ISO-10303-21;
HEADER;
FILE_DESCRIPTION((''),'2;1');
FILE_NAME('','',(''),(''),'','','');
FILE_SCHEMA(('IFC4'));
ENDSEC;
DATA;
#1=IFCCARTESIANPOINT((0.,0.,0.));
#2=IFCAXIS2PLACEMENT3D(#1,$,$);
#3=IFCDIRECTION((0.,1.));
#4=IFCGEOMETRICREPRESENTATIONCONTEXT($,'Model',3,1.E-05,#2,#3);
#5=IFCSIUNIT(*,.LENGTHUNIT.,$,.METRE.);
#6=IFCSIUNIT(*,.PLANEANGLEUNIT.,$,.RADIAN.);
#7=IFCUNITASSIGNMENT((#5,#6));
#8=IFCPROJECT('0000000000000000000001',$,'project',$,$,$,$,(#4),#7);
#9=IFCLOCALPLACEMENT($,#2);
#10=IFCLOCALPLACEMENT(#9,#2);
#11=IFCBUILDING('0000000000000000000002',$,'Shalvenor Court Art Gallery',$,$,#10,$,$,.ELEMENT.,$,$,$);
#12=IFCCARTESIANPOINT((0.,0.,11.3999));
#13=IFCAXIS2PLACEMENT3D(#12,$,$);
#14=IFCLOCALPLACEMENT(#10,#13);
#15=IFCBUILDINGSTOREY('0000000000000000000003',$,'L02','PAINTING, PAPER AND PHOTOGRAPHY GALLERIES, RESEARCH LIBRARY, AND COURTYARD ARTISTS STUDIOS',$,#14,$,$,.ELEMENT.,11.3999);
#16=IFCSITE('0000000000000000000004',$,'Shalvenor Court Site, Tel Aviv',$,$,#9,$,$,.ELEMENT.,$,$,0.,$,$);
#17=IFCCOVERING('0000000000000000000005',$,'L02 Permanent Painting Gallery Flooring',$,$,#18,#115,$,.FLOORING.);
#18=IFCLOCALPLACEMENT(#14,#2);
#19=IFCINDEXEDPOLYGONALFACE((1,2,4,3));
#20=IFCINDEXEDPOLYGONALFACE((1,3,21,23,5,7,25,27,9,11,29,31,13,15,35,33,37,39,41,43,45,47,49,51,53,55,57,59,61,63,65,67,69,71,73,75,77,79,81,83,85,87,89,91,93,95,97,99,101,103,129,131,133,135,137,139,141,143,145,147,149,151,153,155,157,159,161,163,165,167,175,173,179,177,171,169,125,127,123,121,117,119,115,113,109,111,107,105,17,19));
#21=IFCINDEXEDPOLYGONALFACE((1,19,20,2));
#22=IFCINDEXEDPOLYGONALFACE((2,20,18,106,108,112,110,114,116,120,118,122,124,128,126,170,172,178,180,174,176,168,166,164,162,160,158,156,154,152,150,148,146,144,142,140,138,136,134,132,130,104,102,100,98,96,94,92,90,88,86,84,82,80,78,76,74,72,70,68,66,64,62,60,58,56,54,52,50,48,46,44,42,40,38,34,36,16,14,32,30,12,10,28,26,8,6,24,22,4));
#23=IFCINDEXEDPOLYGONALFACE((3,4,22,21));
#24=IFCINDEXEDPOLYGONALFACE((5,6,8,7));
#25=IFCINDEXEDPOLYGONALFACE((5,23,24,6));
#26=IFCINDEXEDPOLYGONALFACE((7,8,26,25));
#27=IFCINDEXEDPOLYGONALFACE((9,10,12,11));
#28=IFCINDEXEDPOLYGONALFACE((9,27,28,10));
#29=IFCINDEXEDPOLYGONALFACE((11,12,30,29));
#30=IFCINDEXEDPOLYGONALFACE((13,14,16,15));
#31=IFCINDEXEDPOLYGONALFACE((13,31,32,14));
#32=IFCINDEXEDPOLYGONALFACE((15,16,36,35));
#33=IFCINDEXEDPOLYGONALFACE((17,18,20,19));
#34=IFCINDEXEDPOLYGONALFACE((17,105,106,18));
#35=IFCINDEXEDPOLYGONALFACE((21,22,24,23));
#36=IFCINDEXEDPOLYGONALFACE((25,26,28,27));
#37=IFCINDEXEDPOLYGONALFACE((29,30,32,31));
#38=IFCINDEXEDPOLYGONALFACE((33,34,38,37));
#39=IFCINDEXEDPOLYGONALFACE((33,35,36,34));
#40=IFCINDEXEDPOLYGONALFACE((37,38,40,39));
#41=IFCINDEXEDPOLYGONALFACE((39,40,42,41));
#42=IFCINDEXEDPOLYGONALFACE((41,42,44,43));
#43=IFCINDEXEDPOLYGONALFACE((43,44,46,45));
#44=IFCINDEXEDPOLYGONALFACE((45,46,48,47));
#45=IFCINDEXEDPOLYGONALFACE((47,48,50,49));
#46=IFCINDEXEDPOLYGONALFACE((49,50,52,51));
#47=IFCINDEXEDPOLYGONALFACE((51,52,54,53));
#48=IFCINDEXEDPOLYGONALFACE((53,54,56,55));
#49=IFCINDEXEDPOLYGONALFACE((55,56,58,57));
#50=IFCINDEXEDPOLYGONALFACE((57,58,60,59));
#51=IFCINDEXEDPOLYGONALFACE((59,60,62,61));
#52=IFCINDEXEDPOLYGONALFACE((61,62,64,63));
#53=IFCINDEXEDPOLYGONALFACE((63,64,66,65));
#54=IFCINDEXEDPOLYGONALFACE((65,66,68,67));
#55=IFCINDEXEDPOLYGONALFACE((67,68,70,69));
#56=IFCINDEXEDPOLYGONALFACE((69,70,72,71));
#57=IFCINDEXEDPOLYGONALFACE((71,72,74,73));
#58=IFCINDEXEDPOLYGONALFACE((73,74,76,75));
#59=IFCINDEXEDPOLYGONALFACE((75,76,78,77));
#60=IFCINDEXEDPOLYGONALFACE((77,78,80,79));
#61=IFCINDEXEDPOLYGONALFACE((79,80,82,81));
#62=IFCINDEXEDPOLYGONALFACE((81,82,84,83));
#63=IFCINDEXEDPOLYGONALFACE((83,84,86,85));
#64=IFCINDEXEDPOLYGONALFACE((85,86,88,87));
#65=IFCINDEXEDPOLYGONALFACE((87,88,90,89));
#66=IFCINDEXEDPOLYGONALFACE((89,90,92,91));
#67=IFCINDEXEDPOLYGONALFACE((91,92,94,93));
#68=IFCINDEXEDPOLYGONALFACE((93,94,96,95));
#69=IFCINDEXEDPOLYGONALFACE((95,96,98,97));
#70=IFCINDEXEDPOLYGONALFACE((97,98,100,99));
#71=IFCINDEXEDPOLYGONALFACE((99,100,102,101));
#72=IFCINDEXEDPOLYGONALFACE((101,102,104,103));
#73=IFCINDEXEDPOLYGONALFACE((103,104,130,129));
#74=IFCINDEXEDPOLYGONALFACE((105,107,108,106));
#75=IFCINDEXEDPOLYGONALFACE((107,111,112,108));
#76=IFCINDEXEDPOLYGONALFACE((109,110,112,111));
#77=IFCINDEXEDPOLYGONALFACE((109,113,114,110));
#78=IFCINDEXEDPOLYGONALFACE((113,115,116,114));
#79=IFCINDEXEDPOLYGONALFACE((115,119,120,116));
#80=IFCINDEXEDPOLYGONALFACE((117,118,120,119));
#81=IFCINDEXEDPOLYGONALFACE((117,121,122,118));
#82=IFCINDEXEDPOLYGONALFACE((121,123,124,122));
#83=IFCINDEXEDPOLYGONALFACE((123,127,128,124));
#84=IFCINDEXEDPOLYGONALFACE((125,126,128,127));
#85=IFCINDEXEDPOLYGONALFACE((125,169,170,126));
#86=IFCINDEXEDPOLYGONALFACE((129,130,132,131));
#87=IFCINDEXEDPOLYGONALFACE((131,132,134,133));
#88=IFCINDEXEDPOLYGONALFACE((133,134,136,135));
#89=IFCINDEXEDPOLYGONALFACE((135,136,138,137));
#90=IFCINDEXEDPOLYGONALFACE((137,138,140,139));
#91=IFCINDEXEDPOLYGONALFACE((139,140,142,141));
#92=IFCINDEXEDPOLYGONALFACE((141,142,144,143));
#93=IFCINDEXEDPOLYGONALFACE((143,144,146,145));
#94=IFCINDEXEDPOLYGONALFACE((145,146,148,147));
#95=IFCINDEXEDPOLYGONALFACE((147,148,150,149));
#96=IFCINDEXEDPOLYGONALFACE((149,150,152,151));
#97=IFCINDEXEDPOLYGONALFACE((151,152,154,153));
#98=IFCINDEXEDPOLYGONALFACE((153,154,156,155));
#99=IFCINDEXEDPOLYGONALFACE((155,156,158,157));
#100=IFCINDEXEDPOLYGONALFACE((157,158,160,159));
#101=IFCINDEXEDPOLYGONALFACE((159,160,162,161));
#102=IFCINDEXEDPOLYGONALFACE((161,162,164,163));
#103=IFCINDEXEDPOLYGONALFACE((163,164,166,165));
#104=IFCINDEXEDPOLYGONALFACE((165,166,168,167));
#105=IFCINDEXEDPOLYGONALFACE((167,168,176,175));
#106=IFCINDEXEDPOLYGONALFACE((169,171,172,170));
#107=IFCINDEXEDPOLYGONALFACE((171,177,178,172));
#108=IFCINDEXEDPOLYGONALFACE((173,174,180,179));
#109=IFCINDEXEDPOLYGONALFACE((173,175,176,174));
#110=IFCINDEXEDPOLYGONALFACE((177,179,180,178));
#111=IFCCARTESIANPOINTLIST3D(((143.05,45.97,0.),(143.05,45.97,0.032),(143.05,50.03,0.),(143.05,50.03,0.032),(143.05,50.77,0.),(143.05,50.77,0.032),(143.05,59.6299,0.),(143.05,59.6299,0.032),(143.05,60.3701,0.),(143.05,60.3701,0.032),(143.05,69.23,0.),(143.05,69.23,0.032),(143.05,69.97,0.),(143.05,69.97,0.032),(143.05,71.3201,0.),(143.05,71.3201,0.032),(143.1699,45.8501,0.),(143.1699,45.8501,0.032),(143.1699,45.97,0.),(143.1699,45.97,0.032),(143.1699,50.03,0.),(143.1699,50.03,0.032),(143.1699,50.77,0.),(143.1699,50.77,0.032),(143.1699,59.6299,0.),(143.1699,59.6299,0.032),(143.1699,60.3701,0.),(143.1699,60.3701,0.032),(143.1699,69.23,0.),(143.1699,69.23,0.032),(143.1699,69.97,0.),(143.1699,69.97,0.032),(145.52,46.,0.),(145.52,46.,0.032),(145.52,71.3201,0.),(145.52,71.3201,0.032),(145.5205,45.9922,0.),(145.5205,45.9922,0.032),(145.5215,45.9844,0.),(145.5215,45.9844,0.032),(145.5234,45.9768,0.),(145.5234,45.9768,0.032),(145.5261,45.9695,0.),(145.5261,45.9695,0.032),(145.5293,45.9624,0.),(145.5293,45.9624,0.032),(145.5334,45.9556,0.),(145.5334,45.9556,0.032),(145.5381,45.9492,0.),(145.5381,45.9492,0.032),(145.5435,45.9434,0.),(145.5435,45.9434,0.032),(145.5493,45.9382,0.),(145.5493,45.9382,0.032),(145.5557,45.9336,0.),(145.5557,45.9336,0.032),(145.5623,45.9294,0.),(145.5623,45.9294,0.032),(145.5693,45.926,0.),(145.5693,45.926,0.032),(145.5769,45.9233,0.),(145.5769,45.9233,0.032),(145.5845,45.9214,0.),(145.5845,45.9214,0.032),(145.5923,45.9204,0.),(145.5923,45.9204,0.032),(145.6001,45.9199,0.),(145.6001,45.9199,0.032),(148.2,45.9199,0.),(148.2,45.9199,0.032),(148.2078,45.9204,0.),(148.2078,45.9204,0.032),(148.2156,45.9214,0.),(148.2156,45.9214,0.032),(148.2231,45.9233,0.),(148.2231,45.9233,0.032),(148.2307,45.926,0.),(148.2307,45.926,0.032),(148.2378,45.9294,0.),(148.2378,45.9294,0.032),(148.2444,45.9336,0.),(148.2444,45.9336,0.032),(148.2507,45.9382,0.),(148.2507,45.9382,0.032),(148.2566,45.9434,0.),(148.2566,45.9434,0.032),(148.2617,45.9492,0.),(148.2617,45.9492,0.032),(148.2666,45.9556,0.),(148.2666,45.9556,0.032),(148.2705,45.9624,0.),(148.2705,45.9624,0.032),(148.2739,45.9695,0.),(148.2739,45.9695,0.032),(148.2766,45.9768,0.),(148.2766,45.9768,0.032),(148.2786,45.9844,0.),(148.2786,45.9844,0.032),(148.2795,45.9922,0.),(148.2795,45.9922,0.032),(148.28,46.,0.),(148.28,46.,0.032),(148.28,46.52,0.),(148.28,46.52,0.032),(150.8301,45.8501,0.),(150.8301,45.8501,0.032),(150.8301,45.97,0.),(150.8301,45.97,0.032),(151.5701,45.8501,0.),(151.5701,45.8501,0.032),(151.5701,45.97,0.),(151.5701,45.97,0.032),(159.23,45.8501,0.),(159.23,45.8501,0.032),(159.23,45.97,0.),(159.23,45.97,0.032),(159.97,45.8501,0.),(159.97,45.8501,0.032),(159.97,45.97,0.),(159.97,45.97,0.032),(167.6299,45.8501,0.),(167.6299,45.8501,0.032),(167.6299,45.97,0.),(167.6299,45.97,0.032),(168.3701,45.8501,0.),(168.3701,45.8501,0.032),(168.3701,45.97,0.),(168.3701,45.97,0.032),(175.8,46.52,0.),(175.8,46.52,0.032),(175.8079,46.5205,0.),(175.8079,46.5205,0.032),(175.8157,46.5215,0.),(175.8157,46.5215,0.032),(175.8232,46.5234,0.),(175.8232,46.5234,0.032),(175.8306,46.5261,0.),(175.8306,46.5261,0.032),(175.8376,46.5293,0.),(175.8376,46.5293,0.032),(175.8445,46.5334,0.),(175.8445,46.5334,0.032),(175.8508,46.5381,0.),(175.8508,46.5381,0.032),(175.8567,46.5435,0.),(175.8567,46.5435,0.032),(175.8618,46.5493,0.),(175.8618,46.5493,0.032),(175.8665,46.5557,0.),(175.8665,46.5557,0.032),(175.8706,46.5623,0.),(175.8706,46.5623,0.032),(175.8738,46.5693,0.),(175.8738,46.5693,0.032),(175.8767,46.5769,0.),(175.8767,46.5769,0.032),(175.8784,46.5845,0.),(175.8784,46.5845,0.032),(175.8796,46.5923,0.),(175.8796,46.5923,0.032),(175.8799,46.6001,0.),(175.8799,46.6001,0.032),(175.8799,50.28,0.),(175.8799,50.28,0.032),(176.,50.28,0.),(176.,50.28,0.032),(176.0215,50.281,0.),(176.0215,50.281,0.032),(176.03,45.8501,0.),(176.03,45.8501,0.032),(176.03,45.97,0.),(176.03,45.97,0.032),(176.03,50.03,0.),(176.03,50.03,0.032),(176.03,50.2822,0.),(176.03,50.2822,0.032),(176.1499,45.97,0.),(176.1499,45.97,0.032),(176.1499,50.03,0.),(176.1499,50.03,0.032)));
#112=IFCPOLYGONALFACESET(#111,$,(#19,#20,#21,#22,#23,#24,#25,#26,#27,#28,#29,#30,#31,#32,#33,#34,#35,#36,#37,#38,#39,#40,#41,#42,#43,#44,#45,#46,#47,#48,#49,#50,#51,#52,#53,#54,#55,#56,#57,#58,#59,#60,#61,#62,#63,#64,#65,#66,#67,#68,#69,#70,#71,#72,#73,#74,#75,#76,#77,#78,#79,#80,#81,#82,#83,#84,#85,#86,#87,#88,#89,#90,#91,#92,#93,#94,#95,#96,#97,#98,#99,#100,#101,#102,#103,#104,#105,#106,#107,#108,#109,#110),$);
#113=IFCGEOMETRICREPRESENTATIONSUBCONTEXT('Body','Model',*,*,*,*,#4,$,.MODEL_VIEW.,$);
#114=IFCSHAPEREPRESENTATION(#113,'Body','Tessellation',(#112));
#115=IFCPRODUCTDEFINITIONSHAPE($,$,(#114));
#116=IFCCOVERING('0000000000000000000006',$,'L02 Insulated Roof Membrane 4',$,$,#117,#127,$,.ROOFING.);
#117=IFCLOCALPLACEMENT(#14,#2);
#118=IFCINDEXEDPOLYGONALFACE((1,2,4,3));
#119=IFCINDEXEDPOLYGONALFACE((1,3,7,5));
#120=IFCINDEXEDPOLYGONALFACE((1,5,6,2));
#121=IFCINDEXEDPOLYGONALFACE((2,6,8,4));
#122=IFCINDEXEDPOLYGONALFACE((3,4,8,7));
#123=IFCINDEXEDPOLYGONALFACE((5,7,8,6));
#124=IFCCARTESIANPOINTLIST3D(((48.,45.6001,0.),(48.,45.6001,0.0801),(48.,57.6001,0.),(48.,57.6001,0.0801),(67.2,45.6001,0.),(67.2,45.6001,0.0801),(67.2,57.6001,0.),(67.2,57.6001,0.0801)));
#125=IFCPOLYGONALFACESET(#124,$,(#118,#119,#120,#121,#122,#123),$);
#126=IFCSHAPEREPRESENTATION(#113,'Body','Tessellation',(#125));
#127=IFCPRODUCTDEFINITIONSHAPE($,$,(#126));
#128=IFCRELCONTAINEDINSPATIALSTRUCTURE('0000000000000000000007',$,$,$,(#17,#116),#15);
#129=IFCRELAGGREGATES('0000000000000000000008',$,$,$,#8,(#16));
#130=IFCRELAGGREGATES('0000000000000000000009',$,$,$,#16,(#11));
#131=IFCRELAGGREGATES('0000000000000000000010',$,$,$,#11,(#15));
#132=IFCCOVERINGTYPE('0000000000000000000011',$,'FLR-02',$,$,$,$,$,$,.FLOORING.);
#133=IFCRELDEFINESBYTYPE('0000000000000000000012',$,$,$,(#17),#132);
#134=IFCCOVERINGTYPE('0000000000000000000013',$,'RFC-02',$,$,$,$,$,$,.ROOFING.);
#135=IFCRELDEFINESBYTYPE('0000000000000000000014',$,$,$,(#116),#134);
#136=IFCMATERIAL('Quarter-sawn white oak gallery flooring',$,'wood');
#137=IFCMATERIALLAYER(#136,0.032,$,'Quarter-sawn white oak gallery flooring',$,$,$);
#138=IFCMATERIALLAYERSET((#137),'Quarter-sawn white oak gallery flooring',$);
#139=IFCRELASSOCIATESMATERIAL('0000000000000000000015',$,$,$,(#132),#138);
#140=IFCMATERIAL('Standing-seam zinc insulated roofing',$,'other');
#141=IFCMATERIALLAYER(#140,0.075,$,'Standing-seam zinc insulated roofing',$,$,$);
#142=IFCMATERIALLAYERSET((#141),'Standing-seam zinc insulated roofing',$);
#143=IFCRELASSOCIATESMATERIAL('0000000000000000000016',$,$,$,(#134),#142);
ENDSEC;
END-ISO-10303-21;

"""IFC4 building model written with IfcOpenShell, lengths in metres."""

from ifc_helpers import new_model, si_unit, direction, frame, origin, place, context, subcontext, project, spatial, polyline, outline, extrude, material, layer, layer_set, type_object, element, save


model = new_model("IFC4")

# Units and contexts
model_context = context("Model", 3, precision=1e-05, world=origin(), true_north=direction((0.0, 1.0)))
body_context = subcontext(model_context, "Body", "Model", "MODEL_VIEW")
ifc_project = project(units=[si_unit("LENGTHUNIT", "METRE"), si_unit("PLANEANGLEUNIT", "RADIAN")], contexts=[model_context])

# Site, building, storey
site_placement = place(None, origin())
site = spatial("IfcSite", under=ifc_project, at=site_placement, Name="Shalvenor Court Site, Tel Aviv", CompositionType="ELEMENT", RefElevation=0.0)
building_placement = place(site_placement, origin())
building = spatial("IfcBuilding", under=site, at=building_placement, Name="Shalvenor Court Art Gallery", CompositionType="ELEMENT")
storey_placement = place(building_placement, frame((0.0, 0.0, 11.3999)))
storey = spatial("IfcBuildingStorey", under=building, at=storey_placement, Name="L02", Description="PAINTING, PAPER AND PHOTOGRAPHY GALLERIES, RESEARCH LIBRARY, AND COURTYARD ARTISTS STUDIOS", CompositionType="ELEMENT", Elevation=11.3999)

# Coverings
ifc_material_1 = material(Name="Quarter-sawn white oak gallery flooring", Category="wood")
ifc_layer_1 = layer(ifc_material_1, 0.032, Name="Quarter-sawn white oak gallery flooring")
ifc_layer_set_1 = layer_set([ifc_layer_1], Name="Quarter-sawn white oak gallery flooring")
covering_type_1 = type_object("IfcCoveringType", Name="FLR-02", PredefinedType="FLOORING", material=ifc_layer_set_1)
covering_1_placement = place(storey_placement, origin())
element("IfcCovering", 1, at=covering_1_placement, inside=storey, type_object=covering_type_1, Name="L02 Permanent Painting Gallery Flooring", PredefinedType="FLOORING", context=body_context, shape_type="SweptSolid", body=[
    extrude(outline(polyline([(145.5205, 45.9922), (145.5215, 45.9844), (145.5234, 45.9768), (145.5261, 45.9695), (145.5293, 45.9624), (145.5334, 45.9556), (145.5381, 45.9492), (145.5435, 45.9434), (145.5493, 45.9382), (145.5557, 45.9336), (145.5623, 45.9294), (145.5693, 45.926), (145.5769, 45.9233), (145.5845, 45.9214), (145.5923, 45.9204), (145.6001, 45.9199), (148.2, 45.9199), (148.2078, 45.9204), (148.2156, 45.9214), (148.2231, 45.9233), (148.2307, 45.926), (148.2378, 45.9294), (148.2444, 45.9336), (148.2507, 45.9382), (148.2566, 45.9434), (148.2617, 45.9492), (148.2666, 45.9556), (148.2705, 45.9624), (148.2739, 45.9695), (148.2766, 45.9768), (148.2786, 45.9844), (148.2795, 45.9922), (148.28, 46.0), (148.28, 46.52), (175.8, 46.52), (175.8079, 46.5205), (175.8157, 46.5215), (175.8232, 46.5234), (175.8306, 46.5261), (175.8376, 46.5293), (175.8445, 46.5334), (175.8508, 46.5381), (175.8567, 46.5435), (175.8618, 46.5493), (175.8665, 46.5557), (175.8706, 46.5623), (175.8738, 46.5693), (175.8767, 46.5769), (175.8784, 46.5845), (175.8796, 46.5923), (175.8799, 46.6001), (175.8799, 50.28), (176.0, 50.28), (176.0215, 50.281), (176.03, 50.2822), (176.03, 50.03), (176.1499, 50.03), (176.1499, 45.97), (176.03, 45.97), (176.03, 45.8501), (168.3701, 45.8501), (168.3701, 45.97), (167.6299, 45.97), (167.6299, 45.8501), (159.97, 45.8501), (159.97, 45.97), (159.23, 45.97), (159.23, 45.8501), (151.5701, 45.8501), (151.5701, 45.97), (150.8301, 45.97), (150.8301, 45.8501), (143.1699, 45.8501), (143.1699, 45.97), (143.05, 45.97), (143.05, 50.03), (143.1699, 50.03), (143.1699, 50.77), (143.05, 50.77), (143.05, 59.6299), (143.1699, 59.6299), (143.1699, 60.3701), (143.05, 60.3701), (143.05, 69.23), (143.1699, 69.23), (143.1699, 69.97), (143.05, 69.97), (143.05, 71.3201), (145.52, 71.3201), (145.52, 46.0), (145.5205, 45.9922)])), origin(), (0.0, 0.0, 1.0), 0.032),
])
ifc_material_2 = material(Name="Standing-seam zinc insulated roofing", Category="other")
ifc_layer_2 = layer(ifc_material_2, 0.075, Name="Standing-seam zinc insulated roofing")
ifc_layer_set_2 = layer_set([ifc_layer_2], Name="Standing-seam zinc insulated roofing")
covering_type_2 = type_object("IfcCoveringType", Name="RFC-02", PredefinedType="ROOFING", material=ifc_layer_set_2)
covering_2_placement = place(storey_placement, origin())
element("IfcCovering", 2, at=covering_2_placement, inside=storey, type_object=covering_type_2, Name="L02 Insulated Roof Membrane 4", PredefinedType="ROOFING", context=body_context, shape_type="SweptSolid", body=[
    extrude(outline(polyline([(67.2, 45.6001), (67.2, 57.6001), (48.0, 57.6001), (48.0, 45.6001), (67.2, 45.6001)])), origin(), (0.0, 0.0, 1.0), 0.0801),
])

save(model, "model.ifc")
